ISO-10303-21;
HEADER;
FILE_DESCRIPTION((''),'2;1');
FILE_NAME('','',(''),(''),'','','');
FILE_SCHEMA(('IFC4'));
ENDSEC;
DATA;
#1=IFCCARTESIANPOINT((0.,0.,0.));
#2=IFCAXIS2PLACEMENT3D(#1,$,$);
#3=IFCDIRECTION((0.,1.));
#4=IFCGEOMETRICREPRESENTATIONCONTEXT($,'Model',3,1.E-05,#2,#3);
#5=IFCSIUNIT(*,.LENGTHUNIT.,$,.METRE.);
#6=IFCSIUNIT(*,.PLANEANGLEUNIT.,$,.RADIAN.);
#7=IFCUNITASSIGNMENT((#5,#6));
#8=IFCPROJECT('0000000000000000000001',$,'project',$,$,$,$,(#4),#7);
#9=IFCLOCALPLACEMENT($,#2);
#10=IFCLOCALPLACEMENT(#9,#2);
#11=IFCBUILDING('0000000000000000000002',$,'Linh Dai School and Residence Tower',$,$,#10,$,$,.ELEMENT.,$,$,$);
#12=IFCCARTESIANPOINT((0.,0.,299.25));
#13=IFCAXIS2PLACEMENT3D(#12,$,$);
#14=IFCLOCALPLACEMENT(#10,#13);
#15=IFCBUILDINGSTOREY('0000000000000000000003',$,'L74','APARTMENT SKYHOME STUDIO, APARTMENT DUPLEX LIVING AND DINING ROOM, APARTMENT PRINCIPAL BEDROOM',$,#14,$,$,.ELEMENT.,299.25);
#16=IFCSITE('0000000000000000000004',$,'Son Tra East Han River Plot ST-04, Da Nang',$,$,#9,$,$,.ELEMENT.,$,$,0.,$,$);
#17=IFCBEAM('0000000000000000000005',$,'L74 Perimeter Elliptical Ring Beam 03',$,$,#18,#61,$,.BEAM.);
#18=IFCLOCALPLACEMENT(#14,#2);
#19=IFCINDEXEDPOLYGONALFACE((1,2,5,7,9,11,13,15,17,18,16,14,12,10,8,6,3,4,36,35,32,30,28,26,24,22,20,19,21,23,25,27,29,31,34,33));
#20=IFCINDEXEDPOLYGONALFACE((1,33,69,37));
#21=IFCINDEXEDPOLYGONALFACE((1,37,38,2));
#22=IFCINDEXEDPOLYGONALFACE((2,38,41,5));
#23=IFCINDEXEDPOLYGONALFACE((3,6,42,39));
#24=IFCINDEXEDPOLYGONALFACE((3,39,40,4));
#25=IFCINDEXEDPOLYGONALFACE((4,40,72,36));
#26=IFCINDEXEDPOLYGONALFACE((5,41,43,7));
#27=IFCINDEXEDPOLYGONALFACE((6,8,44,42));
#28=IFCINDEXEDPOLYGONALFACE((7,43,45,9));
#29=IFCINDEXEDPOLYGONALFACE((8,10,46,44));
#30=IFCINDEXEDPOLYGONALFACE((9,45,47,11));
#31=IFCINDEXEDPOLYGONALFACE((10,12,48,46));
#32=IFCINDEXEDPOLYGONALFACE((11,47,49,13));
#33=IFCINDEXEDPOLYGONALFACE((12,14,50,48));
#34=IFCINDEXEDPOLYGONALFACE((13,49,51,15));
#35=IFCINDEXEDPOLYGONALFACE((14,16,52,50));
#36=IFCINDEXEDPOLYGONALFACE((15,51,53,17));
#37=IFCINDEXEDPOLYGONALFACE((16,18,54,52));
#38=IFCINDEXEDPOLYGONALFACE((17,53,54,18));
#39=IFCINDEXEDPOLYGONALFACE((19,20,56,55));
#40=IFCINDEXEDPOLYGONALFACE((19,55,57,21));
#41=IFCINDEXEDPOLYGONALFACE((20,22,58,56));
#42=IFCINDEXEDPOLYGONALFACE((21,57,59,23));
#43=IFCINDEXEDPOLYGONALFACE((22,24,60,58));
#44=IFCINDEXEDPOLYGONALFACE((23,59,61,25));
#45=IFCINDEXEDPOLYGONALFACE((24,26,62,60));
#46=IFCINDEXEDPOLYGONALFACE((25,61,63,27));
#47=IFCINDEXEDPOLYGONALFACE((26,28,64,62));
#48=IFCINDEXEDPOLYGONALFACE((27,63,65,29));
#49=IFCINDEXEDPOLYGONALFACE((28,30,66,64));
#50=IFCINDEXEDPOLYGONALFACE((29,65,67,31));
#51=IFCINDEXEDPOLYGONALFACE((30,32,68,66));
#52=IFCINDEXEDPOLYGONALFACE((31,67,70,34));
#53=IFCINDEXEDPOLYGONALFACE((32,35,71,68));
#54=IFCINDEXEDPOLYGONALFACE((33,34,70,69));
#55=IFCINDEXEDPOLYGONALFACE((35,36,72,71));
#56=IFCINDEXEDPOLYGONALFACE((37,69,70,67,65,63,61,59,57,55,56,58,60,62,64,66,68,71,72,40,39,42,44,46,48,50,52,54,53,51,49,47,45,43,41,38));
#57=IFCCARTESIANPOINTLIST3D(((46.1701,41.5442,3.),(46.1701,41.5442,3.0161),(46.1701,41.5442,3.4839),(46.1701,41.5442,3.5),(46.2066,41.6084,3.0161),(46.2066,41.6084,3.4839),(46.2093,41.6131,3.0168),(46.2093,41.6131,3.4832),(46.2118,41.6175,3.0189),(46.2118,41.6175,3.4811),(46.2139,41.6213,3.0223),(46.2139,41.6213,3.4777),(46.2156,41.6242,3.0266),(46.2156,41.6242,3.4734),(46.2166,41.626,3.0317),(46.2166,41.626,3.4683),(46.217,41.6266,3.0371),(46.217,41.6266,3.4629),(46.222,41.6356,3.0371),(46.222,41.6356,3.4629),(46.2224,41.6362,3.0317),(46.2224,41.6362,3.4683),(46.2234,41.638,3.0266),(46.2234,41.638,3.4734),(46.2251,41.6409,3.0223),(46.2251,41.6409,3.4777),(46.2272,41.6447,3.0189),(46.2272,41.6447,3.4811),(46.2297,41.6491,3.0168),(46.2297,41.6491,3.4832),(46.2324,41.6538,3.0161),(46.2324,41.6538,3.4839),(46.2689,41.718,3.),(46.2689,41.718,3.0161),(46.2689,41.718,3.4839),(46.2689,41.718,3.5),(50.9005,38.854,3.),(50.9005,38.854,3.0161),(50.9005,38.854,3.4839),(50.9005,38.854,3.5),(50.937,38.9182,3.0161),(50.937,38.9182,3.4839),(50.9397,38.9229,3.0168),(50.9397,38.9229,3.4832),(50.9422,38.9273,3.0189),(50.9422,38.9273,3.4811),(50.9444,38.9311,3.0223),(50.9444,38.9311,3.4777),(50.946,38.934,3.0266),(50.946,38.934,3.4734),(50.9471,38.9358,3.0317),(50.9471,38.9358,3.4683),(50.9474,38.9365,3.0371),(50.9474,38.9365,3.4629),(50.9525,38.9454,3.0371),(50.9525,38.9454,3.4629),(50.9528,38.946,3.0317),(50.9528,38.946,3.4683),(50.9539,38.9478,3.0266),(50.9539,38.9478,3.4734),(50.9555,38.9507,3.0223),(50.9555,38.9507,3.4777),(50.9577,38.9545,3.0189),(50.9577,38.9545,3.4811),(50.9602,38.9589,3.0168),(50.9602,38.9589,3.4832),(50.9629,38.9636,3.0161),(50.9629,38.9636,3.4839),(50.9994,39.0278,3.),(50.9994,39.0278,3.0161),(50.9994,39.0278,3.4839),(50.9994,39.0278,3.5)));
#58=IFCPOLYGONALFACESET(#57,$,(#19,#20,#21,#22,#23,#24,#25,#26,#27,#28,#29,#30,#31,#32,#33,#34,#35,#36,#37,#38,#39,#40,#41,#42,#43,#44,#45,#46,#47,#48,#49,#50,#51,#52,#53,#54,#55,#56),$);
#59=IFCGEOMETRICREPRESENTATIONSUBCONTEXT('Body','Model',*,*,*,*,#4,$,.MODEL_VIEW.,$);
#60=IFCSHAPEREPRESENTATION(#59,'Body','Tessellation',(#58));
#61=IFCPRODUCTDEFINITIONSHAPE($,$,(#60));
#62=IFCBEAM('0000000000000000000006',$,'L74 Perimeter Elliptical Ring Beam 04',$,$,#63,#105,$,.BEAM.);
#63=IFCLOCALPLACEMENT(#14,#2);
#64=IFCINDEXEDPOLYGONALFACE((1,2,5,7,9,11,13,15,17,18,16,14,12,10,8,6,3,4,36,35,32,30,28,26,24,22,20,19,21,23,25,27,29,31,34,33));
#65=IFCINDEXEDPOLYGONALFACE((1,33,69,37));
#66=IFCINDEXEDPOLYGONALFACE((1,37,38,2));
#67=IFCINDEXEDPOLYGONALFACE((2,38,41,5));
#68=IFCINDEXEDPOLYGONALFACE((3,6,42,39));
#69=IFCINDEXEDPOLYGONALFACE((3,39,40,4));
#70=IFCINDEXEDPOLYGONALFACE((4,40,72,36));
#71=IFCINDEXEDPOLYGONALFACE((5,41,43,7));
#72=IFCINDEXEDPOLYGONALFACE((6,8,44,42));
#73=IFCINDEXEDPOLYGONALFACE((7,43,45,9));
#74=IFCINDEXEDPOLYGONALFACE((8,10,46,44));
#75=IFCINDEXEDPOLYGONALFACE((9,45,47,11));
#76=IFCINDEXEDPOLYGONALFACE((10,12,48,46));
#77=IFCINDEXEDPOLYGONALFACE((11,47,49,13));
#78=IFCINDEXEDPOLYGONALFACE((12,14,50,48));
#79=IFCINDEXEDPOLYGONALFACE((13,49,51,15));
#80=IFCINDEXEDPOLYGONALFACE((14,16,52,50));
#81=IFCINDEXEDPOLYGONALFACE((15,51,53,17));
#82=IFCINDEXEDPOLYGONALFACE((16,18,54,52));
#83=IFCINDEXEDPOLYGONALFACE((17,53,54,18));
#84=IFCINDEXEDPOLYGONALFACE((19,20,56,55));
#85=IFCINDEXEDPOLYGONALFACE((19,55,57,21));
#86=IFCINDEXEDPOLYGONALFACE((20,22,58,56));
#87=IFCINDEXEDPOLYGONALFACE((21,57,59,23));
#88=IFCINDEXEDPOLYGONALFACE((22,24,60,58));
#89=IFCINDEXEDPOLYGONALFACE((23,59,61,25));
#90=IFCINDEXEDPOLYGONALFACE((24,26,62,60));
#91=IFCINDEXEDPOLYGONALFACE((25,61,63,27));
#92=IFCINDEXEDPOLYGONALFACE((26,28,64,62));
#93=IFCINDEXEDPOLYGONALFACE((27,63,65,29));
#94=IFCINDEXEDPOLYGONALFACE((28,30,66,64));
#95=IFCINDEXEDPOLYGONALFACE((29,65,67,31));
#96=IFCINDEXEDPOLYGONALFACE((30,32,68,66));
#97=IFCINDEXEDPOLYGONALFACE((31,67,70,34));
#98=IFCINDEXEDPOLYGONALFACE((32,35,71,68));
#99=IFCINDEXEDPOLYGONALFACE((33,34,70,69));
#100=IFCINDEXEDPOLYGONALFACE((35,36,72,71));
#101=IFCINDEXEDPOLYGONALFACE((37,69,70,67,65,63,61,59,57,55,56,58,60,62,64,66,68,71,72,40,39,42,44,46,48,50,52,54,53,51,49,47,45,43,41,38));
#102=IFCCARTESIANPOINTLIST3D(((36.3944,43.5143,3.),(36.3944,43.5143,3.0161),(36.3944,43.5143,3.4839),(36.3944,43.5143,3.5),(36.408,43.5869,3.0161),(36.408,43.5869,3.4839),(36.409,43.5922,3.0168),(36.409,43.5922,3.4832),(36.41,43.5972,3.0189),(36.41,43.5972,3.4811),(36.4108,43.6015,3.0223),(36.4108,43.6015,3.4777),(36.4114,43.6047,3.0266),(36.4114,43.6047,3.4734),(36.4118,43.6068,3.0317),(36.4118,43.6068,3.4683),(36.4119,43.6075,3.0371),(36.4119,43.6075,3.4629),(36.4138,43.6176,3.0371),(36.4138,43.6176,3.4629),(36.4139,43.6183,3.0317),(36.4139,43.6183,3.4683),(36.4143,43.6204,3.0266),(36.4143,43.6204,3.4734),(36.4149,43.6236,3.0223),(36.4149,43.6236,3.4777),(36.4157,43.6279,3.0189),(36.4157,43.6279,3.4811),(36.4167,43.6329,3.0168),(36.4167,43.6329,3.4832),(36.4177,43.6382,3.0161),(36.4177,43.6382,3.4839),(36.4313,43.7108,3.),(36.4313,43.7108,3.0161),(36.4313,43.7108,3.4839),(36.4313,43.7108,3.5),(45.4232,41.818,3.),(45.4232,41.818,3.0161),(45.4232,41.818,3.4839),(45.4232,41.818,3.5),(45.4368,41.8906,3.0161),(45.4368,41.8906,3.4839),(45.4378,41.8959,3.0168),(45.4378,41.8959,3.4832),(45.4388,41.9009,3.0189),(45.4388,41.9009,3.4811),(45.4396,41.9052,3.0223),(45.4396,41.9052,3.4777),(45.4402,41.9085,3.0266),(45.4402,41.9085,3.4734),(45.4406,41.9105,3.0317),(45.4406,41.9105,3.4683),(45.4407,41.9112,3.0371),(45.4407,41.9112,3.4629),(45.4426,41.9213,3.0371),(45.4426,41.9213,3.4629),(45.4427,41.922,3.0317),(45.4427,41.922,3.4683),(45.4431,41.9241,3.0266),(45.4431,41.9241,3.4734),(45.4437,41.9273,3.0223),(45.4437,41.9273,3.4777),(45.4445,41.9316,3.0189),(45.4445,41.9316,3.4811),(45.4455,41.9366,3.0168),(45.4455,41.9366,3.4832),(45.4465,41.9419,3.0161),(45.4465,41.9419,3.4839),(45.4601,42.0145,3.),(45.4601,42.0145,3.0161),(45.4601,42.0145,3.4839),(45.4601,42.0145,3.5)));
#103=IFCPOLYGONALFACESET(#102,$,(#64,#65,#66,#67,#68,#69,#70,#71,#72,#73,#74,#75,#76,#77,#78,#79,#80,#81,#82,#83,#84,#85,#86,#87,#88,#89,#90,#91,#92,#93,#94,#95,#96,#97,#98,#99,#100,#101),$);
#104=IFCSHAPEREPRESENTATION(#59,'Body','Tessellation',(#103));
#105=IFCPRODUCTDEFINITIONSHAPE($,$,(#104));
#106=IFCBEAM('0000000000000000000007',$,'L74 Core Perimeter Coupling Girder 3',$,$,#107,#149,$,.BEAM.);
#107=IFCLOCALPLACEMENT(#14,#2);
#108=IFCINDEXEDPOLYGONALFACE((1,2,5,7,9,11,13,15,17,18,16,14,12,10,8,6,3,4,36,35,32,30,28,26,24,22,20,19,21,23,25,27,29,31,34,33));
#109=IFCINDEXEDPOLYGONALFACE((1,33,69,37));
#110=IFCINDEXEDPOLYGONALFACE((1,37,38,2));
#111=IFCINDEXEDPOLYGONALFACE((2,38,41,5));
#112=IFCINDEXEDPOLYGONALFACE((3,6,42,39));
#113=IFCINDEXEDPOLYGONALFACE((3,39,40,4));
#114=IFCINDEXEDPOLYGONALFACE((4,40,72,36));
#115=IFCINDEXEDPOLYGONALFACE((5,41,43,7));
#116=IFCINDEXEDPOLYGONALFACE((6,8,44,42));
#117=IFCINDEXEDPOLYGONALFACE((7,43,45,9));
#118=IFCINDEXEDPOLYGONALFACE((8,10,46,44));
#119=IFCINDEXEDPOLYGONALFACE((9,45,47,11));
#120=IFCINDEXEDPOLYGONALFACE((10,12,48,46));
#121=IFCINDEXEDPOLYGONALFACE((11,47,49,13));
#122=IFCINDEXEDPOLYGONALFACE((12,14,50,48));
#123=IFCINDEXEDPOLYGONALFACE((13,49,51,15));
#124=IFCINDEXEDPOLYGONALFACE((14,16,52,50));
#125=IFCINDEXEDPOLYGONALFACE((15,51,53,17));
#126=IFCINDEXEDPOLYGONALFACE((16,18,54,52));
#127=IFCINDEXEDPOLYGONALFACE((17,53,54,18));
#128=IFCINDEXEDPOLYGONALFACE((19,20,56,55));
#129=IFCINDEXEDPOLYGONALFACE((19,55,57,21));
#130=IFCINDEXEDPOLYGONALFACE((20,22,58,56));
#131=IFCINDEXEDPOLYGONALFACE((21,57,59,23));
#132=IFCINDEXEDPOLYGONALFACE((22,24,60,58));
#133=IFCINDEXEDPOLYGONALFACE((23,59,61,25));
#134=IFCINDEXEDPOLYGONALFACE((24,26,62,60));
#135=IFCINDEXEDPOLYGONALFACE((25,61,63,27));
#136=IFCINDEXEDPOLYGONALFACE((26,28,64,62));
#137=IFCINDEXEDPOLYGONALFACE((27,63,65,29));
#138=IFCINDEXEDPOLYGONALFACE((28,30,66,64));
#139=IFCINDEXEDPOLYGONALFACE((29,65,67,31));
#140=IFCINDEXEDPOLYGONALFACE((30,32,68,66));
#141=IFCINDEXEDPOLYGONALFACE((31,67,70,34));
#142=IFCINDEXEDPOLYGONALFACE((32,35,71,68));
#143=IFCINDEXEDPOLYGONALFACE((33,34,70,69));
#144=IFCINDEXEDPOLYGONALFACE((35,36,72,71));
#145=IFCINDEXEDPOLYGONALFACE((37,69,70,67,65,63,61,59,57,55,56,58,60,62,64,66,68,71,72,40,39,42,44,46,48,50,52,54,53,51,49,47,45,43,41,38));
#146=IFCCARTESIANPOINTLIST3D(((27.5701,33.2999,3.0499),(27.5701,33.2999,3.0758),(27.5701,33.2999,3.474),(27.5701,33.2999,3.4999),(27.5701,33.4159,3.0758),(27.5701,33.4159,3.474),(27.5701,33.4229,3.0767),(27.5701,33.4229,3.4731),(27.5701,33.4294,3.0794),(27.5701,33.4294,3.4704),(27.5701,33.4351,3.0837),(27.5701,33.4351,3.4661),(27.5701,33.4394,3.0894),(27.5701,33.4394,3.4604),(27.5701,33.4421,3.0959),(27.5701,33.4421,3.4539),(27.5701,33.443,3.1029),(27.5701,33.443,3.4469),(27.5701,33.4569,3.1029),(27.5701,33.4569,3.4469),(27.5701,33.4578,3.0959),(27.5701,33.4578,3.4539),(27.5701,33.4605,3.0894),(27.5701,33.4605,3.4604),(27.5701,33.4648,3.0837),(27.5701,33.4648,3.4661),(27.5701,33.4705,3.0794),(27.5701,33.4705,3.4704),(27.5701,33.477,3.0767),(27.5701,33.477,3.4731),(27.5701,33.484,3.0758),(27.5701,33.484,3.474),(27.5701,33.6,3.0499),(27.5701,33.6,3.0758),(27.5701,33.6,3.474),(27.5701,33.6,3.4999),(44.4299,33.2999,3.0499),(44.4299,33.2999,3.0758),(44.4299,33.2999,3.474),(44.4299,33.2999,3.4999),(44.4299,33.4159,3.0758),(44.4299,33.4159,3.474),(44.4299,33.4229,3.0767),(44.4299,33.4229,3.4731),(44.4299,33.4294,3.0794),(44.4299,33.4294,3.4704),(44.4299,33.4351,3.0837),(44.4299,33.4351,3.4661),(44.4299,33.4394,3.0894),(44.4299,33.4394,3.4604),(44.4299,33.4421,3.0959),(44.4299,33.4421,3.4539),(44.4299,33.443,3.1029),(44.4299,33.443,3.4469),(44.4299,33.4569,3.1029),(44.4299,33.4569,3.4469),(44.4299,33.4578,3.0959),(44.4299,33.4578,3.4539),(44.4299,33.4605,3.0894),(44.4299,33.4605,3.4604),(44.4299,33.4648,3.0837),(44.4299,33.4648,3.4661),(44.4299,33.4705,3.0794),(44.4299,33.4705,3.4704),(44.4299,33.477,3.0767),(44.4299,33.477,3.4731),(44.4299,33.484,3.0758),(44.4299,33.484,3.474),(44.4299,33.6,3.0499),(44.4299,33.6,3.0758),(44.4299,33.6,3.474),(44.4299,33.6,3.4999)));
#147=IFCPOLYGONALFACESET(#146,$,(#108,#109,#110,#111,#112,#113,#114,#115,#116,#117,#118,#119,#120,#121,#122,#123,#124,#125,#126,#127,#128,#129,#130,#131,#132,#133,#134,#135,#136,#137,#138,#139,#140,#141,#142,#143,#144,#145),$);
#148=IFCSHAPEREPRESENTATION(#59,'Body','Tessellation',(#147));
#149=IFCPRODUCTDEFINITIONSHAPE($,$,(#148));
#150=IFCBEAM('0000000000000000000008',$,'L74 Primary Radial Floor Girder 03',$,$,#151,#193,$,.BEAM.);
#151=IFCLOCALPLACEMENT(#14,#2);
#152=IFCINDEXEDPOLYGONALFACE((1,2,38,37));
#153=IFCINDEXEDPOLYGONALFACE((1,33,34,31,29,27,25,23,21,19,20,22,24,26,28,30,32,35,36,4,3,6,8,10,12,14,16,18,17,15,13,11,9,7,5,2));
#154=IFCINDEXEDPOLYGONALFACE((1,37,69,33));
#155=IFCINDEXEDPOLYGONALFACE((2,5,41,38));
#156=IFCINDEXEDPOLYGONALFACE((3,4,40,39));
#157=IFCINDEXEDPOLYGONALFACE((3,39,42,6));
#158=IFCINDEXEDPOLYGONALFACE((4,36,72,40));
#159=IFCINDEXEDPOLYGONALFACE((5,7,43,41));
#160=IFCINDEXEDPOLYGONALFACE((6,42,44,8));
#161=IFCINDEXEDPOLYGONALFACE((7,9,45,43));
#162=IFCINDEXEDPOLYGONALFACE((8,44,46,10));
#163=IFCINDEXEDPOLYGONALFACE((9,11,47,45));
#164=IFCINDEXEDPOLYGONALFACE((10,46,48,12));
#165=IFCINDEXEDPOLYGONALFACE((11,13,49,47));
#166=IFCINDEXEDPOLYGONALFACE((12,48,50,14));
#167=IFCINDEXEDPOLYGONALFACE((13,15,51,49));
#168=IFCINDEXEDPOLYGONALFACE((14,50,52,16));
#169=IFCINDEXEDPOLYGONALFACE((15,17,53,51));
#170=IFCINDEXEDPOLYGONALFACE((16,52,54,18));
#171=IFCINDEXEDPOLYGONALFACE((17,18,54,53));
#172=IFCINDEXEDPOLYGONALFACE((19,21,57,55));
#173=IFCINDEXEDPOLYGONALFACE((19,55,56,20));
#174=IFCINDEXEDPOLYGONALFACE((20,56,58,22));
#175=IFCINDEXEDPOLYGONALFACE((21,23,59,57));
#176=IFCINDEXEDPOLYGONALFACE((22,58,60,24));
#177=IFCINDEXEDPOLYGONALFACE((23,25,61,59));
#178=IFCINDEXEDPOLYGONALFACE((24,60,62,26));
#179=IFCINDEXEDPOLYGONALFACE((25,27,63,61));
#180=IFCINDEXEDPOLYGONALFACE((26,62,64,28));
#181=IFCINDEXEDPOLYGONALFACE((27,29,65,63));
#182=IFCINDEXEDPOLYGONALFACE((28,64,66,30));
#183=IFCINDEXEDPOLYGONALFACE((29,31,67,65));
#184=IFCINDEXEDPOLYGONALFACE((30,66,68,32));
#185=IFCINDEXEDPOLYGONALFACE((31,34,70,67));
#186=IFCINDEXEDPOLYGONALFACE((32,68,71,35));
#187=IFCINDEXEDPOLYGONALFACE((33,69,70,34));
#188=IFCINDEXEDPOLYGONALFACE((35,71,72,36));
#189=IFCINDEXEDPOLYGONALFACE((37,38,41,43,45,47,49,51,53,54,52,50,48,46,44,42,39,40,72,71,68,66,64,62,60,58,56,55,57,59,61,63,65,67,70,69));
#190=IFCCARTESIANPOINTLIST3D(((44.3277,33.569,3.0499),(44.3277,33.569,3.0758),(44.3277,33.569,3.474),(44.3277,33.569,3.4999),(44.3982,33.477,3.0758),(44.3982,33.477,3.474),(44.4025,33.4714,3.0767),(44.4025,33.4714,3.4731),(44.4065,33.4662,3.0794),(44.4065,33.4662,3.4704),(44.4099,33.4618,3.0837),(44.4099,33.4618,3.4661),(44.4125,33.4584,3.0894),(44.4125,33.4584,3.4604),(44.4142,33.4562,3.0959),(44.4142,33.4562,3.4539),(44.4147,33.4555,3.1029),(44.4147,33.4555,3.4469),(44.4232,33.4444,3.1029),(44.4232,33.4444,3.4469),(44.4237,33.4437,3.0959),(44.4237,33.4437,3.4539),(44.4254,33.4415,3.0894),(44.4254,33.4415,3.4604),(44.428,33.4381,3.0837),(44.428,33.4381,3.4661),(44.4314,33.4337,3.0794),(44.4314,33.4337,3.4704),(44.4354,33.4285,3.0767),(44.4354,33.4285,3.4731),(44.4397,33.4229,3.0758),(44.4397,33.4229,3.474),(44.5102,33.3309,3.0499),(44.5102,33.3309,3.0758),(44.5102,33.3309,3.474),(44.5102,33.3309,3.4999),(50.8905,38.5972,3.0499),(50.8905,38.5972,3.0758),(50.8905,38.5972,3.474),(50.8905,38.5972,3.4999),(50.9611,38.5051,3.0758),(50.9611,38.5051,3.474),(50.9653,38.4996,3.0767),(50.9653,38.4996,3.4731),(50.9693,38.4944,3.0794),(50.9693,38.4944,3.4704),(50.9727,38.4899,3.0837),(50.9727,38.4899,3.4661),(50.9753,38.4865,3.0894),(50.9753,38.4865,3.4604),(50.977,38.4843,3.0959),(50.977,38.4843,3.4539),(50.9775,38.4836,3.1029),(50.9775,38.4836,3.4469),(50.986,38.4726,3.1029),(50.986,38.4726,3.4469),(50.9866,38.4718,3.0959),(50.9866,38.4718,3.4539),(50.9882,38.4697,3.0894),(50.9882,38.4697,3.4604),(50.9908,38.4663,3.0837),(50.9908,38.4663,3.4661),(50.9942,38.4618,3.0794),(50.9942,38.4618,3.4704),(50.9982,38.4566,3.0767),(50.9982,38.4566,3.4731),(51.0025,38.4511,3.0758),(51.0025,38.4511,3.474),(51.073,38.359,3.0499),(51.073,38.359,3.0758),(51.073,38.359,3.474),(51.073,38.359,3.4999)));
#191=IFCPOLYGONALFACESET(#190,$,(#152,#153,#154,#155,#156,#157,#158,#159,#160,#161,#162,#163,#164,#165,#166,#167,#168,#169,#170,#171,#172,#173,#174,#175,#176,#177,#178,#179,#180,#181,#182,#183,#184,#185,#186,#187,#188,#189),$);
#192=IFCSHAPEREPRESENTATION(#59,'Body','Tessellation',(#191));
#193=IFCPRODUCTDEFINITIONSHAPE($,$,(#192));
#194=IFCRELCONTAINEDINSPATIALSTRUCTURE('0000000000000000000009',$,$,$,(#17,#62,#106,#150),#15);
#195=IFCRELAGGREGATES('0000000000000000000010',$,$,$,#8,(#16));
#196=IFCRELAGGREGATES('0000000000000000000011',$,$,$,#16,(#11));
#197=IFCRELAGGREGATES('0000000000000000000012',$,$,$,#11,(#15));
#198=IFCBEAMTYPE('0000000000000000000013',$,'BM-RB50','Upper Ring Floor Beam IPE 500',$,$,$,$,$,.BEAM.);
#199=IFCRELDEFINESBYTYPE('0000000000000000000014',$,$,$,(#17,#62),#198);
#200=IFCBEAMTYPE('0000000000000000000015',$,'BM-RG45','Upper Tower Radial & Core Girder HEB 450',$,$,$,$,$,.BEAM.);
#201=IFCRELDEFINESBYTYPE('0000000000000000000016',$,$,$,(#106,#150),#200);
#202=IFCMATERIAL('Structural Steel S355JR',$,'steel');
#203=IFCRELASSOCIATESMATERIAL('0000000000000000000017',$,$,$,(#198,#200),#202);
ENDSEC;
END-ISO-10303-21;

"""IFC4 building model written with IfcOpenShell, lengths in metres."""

from ifc_helpers import new_model, si_unit, direction, frame, origin, origin_2d, place, context, subcontext, project, spatial, i_section, extrude, material, material_profile, profile_set, type_object, element, save


model = new_model("IFC4")

# Units and contexts
model_context = context("Model", 3, precision=1e-05, world=origin(), true_north=direction((0.0, 1.0)))
body_context = subcontext(model_context, "Body", "Model", "MODEL_VIEW")
ifc_project = project(units=[si_unit("LENGTHUNIT", "METRE"), si_unit("PLANEANGLEUNIT", "RADIAN")], contexts=[model_context])

# Site, building, storey
site_placement = place(None, origin())
site = spatial("IfcSite", under=ifc_project, at=site_placement, Name="Son Tra East Han River Plot ST-04, Da Nang", CompositionType="ELEMENT", RefElevation=0.0)
building_placement = place(site_placement, origin())
building = spatial("IfcBuilding", under=site, at=building_placement, Name="Linh Dai School and Residence Tower", CompositionType="ELEMENT")
storey_placement = place(building_placement, frame((0.0, 0.0, 299.25)))
storey = spatial("IfcBuildingStorey", under=building, at=storey_placement, Name="L74", Description="APARTMENT SKYHOME STUDIO, APARTMENT DUPLEX LIVING AND DINING ROOM, APARTMENT PRINCIPAL BEDROOM", CompositionType="ELEMENT", Elevation=299.25)

# Shared definitions
ifc_material_1 = material(Name="Structural Steel S355JR", Category="steel")

# Beams
ifc_material_profile_1 = material_profile(ifc_material_1, i_section(OverallWidth=0.2, OverallDepth=0.5, WebThickness=0.0103, FlangeThickness=0.0161, FilletRadius=0.021, at=origin_2d()), Name="IPE 500")
ifc_profile_set_1 = profile_set([ifc_material_profile_1], Name="Structural Steel S355JR")
beam_type_1 = type_object("IfcBeamType", Name="BM-RB50", Description="Upper Ring Floor Beam IPE 500", PredefinedType="BEAM", material=ifc_profile_set_1)
beam_1_placement = place(storey_placement, frame((50.95, 38.9409, 3.25), z_axis=(-0.869266, 0.494345, 0.0), x_axis=(-0.494345, -0.869266, 0.0)))
element("IfcBeam", 1, at=beam_1_placement, inside=storey, type_object=beam_type_1, Name="L74 Perimeter Elliptical Ring Beam 03", PredefinedType="BEAM", context=body_context, shape_type="SweptSolid", body=[
    extrude(i_section(OverallWidth=0.2, OverallDepth=0.5, WebThickness=0.0103, FlangeThickness=0.0161, FilletRadius=0.021, at=origin_2d()), origin(), (0.0, 0.0, 1.0), 5.4419),
])
beam_2_placement = place(storey_placement, frame((45.4417, 41.9163, 3.25), z_axis=(-0.982805, 0.184645, 0.0), x_axis=(-0.184645, -0.982805, 0.0)))
element("IfcBeam", 2, at=beam_2_placement, inside=storey, type_object=beam_type_1, Name="L74 Perimeter Elliptical Ring Beam 04", PredefinedType="BEAM", context=body_context, shape_type="SweptSolid", body=[
    extrude(i_section(OverallWidth=0.2, OverallDepth=0.5, WebThickness=0.0103, FlangeThickness=0.0161, FilletRadius=0.021, at=origin_2d()), origin(), (0.0, 0.0, 1.0), 9.1868),
])
ifc_material_profile_2 = material_profile(ifc_material_1, i_section(OverallWidth=0.3, OverallDepth=0.45, WebThickness=0.0139, FlangeThickness=0.0259, FilletRadius=0.0271, at=origin_2d()), Name="HEB 450")
ifc_profile_set_2 = profile_set([ifc_material_profile_2], Name="Structural Steel S355JR")
beam_type_2 = type_object("IfcBeamType", Name="BM-RG45", Description="Upper Tower Radial & Core Girder HEB 450", PredefinedType="BEAM", material=ifc_profile_set_2)
beam_3_placement = place(storey_placement, frame((44.4299, 33.45, 3.2749), z_axis=(-1.0, 0.0, 0.0), x_axis=(0.0, -1.0, 0.0)))
element("IfcBeam", 3, at=beam_3_placement, inside=storey, type_object=beam_type_2, Name="L74 Core Perimeter Coupling Girder 3", PredefinedType="BEAM", context=body_context, shape_type="SweptSolid", body=[
    extrude(i_section(OverallWidth=0.3, OverallDepth=0.45, WebThickness=0.0139, FlangeThickness=0.0259, FilletRadius=0.0271, at=origin_2d()), origin(), (0.0, 0.0, 1.0), 16.8599),
])
beam_4_placement = place(storey_placement, frame((44.4189, 33.45, 3.2749), z_axis=(0.793803, 0.608175, 0.0), x_axis=(-0.608175, 0.793803, 0.0)))
element("IfcBeam", 4, at=beam_4_placement, inside=storey, type_object=beam_type_2, Name="L74 Primary Radial Floor Girder 03", PredefinedType="BEAM", context=body_context, shape_type="SweptSolid", body=[
    extrude(i_section(OverallWidth=0.3, OverallDepth=0.45, WebThickness=0.0139, FlangeThickness=0.0259, FilletRadius=0.0271, at=origin_2d()), origin(), (0.0, 0.0, 1.0), 8.2676),
])

save(model, "model.ifc")
